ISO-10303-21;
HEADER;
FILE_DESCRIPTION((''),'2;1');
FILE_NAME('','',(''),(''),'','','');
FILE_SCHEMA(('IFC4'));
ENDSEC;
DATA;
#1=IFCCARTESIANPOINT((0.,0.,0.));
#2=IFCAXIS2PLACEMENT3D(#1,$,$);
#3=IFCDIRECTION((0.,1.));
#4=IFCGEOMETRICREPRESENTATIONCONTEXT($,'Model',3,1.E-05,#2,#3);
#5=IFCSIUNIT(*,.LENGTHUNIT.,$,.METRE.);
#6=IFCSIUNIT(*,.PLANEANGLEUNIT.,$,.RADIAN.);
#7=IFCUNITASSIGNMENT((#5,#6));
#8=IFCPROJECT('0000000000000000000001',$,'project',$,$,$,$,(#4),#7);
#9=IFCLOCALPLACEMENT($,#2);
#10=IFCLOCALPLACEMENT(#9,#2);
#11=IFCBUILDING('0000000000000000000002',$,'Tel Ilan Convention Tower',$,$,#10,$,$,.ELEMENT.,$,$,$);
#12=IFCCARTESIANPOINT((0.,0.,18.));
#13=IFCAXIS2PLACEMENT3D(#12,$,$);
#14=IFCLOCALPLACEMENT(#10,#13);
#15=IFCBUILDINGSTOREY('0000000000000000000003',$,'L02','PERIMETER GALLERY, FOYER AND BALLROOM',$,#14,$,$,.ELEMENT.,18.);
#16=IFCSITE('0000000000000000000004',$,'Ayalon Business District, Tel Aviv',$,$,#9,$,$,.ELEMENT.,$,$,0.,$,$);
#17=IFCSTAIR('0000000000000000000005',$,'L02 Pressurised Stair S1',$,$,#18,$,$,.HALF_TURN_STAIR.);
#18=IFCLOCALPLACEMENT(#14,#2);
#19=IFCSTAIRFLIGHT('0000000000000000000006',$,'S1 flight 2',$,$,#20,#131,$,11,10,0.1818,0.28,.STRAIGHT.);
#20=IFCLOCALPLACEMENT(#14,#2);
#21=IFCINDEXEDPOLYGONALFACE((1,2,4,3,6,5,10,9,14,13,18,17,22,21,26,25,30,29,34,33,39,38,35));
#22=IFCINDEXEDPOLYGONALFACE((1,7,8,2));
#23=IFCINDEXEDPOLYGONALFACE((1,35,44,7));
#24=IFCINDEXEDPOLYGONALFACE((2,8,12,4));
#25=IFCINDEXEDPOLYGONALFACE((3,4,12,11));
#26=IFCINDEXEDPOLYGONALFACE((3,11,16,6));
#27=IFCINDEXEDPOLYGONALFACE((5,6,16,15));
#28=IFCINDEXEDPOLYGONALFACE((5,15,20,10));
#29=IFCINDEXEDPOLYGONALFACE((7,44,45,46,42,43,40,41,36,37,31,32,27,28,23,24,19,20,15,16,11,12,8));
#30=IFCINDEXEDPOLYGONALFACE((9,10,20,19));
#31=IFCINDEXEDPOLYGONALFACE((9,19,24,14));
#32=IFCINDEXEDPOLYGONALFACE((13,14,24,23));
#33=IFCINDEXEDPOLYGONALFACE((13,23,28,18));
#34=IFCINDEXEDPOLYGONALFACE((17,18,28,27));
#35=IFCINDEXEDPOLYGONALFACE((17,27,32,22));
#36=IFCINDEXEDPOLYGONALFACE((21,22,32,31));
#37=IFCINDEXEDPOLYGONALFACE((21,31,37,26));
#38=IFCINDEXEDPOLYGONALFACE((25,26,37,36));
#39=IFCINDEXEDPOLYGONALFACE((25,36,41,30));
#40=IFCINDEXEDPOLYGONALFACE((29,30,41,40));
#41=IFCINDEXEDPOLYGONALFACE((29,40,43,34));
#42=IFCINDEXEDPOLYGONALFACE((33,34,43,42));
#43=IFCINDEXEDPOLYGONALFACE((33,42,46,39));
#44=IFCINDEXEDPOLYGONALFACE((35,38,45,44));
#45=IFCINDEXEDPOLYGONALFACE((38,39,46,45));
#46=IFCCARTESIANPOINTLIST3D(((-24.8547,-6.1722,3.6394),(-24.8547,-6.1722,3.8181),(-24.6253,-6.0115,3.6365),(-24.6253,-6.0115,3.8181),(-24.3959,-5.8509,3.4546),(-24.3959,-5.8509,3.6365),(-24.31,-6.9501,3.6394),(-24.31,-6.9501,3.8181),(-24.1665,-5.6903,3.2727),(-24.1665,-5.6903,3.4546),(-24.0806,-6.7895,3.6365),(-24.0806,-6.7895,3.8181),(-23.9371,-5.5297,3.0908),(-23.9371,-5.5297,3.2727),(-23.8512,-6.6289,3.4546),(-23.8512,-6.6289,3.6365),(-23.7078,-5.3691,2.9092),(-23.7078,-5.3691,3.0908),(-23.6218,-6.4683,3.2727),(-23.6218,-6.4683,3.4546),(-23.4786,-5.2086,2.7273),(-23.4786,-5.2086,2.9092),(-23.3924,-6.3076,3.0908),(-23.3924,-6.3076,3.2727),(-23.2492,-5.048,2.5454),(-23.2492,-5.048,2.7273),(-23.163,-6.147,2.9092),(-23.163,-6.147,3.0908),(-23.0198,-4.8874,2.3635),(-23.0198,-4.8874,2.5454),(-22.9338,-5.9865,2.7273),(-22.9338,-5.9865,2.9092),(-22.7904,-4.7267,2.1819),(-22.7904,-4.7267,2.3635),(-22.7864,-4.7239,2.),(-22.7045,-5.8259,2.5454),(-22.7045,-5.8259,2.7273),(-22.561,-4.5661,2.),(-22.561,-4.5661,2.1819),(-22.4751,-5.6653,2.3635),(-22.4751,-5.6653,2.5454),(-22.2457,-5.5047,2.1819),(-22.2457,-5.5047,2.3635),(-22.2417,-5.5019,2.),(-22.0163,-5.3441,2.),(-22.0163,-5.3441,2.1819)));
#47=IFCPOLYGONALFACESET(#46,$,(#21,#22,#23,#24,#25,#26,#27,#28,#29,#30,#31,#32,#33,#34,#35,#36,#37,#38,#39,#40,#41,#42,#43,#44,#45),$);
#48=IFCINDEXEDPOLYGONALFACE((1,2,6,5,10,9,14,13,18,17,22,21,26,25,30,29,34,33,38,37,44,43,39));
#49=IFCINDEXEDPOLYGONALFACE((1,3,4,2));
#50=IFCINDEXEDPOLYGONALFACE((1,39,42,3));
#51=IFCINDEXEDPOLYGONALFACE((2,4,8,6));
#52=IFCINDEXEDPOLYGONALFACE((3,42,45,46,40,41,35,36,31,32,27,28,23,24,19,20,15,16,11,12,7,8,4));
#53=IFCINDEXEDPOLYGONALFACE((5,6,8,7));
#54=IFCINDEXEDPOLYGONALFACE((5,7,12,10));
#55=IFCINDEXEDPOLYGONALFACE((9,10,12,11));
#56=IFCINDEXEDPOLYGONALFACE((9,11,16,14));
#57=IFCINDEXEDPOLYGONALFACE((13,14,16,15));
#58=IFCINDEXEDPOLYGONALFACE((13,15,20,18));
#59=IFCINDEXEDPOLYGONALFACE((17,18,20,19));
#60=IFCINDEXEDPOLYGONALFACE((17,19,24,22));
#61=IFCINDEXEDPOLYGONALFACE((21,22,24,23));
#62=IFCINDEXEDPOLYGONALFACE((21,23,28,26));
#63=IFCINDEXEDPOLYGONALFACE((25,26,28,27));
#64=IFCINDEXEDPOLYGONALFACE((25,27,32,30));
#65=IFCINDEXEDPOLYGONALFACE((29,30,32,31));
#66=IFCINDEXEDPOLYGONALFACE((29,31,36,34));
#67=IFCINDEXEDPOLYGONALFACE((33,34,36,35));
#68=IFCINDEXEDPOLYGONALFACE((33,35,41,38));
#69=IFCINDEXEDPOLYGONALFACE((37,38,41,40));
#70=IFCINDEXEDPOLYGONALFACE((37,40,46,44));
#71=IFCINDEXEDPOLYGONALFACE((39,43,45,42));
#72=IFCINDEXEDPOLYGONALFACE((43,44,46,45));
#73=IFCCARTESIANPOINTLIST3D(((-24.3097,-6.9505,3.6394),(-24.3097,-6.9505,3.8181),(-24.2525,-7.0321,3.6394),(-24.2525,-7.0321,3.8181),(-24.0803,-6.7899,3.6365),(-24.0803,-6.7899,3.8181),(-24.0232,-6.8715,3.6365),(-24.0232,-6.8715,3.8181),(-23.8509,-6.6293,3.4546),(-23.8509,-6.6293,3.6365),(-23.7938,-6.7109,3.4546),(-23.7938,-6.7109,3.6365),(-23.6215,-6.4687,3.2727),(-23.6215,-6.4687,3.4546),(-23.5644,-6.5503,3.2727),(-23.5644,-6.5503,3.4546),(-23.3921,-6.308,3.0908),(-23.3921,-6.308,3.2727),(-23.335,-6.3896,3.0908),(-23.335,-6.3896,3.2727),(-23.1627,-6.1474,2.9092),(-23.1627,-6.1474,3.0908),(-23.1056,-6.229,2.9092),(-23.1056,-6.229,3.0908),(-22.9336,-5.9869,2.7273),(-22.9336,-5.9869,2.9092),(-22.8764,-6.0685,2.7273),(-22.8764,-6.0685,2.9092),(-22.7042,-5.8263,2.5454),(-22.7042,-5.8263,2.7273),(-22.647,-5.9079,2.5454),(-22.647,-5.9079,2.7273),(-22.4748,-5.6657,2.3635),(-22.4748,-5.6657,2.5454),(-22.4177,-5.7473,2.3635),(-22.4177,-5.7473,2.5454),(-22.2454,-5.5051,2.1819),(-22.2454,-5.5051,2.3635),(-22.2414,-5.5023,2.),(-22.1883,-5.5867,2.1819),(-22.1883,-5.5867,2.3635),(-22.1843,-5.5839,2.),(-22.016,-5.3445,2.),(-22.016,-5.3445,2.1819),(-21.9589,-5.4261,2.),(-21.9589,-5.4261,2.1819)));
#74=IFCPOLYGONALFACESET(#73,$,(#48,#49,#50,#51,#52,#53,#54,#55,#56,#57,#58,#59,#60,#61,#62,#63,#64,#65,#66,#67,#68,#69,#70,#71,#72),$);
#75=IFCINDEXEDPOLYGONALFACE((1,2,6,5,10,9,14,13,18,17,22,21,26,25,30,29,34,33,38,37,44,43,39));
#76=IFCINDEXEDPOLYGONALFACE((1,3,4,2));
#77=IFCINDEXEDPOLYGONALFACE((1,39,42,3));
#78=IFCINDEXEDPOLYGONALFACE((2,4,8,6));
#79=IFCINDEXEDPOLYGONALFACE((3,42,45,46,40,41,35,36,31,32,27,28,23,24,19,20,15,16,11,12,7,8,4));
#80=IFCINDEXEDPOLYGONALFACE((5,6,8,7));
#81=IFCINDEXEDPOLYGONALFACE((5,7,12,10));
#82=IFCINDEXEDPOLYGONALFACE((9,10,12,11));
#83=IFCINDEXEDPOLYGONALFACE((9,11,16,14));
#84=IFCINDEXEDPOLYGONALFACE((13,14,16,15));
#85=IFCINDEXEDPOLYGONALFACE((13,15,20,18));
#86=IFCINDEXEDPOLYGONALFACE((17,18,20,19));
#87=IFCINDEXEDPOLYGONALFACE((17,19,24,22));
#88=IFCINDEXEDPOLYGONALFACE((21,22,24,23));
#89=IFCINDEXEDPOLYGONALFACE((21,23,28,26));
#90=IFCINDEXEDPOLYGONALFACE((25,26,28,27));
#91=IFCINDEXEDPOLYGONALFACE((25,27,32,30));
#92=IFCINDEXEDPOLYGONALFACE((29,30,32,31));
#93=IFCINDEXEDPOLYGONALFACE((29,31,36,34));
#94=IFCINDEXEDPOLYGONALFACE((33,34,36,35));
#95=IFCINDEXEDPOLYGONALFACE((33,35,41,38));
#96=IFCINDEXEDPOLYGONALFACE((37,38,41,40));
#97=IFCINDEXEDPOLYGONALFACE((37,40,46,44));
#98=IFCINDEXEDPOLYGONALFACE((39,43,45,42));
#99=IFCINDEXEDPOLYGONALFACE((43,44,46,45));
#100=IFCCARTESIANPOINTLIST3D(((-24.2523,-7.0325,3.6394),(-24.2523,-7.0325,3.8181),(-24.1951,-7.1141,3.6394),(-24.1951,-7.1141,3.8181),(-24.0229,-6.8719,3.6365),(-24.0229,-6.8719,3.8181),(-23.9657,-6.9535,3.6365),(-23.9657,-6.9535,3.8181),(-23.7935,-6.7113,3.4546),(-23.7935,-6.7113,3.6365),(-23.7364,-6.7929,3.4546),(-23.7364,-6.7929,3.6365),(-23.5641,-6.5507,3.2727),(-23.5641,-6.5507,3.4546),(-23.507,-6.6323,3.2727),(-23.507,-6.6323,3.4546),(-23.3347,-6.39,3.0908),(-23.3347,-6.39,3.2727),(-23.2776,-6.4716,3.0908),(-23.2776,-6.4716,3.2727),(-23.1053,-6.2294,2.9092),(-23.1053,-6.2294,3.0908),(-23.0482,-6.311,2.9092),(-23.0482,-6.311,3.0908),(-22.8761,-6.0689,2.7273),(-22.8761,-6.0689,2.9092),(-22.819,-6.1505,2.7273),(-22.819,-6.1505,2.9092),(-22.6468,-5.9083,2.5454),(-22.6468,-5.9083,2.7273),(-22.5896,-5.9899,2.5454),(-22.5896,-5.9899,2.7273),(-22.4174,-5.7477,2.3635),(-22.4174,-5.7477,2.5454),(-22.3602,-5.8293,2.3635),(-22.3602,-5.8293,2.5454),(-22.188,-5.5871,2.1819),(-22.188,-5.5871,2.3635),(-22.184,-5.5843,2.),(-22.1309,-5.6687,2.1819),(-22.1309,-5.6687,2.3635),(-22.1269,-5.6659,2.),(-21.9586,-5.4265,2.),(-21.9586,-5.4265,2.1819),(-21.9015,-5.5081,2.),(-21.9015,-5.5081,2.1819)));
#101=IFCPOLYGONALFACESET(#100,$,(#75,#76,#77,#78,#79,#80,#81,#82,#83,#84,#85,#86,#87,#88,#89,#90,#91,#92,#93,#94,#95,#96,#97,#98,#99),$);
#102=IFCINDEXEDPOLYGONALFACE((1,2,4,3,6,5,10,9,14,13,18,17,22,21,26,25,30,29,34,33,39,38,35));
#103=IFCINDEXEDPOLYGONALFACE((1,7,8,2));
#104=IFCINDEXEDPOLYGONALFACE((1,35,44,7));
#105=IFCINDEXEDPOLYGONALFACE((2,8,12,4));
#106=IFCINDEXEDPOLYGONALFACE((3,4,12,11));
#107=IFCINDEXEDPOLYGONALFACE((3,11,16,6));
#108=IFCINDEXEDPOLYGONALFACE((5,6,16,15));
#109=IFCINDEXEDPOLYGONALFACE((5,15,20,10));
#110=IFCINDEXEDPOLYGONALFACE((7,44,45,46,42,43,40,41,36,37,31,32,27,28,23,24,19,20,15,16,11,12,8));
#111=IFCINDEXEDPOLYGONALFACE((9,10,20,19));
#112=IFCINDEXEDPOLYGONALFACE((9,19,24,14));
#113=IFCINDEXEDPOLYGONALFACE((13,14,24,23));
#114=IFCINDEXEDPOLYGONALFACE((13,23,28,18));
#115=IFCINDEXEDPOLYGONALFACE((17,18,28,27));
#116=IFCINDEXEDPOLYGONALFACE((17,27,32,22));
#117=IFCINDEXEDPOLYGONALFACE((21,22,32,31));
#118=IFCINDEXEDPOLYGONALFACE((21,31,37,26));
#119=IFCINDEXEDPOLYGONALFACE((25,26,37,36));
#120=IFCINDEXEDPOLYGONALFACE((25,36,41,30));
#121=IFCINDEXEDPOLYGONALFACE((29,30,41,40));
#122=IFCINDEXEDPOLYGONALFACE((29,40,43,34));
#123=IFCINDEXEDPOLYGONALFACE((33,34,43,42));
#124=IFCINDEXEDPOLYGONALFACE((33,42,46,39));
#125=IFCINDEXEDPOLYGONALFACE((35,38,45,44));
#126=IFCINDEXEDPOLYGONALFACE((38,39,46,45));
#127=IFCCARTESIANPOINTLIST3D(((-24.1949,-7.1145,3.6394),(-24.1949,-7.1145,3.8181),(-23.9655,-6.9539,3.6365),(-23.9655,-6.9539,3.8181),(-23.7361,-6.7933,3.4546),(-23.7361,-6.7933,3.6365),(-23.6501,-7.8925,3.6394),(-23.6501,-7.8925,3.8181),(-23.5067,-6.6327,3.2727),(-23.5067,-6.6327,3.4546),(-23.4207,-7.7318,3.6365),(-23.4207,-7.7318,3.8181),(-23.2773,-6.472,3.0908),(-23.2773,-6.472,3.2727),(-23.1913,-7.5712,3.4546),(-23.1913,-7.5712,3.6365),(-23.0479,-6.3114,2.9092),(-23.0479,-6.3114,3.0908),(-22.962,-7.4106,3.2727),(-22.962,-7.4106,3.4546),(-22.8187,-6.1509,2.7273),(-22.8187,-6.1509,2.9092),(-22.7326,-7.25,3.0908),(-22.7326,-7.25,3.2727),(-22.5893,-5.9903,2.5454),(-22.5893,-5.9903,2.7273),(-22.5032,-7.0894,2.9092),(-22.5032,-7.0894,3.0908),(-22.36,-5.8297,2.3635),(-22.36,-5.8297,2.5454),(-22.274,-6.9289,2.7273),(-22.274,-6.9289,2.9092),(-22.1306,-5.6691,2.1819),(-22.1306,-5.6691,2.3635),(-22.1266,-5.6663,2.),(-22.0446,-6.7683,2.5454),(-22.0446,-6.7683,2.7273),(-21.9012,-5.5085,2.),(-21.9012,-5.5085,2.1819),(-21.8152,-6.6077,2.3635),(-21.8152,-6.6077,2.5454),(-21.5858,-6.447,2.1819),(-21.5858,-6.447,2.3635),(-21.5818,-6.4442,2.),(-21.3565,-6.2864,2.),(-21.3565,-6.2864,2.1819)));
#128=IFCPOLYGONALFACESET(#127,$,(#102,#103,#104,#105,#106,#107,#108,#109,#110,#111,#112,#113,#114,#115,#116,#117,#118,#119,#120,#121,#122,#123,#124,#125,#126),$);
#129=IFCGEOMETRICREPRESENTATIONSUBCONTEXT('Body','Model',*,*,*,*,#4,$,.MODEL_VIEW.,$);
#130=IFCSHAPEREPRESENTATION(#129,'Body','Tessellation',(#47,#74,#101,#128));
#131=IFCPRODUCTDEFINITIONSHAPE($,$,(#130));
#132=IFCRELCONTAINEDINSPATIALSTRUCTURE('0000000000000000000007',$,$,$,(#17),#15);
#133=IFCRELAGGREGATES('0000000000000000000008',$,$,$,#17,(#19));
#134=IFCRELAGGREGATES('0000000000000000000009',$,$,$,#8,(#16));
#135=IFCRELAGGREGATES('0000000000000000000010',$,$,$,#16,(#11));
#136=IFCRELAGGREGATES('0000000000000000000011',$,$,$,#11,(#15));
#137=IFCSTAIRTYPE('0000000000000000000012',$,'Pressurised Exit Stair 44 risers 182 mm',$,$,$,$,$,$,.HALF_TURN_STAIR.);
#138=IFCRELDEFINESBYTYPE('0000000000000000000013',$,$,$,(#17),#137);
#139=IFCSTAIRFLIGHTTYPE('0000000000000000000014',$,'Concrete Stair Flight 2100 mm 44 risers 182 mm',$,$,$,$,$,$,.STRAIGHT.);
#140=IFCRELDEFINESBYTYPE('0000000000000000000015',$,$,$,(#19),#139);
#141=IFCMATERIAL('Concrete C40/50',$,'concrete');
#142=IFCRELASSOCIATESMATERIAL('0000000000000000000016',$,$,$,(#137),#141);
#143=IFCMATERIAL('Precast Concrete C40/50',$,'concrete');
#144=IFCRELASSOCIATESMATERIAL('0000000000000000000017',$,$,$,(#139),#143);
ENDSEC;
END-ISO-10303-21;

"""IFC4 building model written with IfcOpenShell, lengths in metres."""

from ifc_helpers import new_model, si_unit, direction, frame, origin, place, context, subcontext, project, spatial, polyline, outline, extrude, material, type_object, element, aggregate, save


model = new_model("IFC4")

# Units and contexts
model_context = context("Model", 3, precision=1e-05, world=origin(), true_north=direction((0.0, 1.0)))
body_context = subcontext(model_context, "Body", "Model", "MODEL_VIEW")
ifc_project = project(units=[si_unit("LENGTHUNIT", "METRE"), si_unit("PLANEANGLEUNIT", "RADIAN")], contexts=[model_context])

# Site, building, storey
site_placement = place(None, origin())
site = spatial("IfcSite", under=ifc_project, at=site_placement, Name="Ayalon Business District, Tel Aviv", CompositionType="ELEMENT", RefElevation=0.0)
building_placement = place(site_placement, origin())
building = spatial("IfcBuilding", under=site, at=building_placement, Name="Tel Ilan Convention Tower", CompositionType="ELEMENT")
storey_placement = place(building_placement, frame((0.0, 0.0, 18.0)))
storey = spatial("IfcBuildingStorey", under=building, at=storey_placement, Name="L02", Description="PERIMETER GALLERY, FOYER AND BALLROOM", CompositionType="ELEMENT", Elevation=18.0)

# Stair, stair flight
ifc_material_1 = material(Name="Concrete C40/50", Category="concrete")
stair_type = type_object("IfcStairType", Name="Pressurised Exit Stair 44 risers 182 mm", PredefinedType="HALF_TURN_STAIR", material=ifc_material_1)
stair_placement = place(storey_placement, origin())
stair = element("IfcStair", 1, at=stair_placement, inside=storey, type_object=stair_type, Name="L02 Pressurised Stair S1", PredefinedType="HALF_TURN_STAIR")
ifc_material_2 = material(Name="Precast Concrete C40/50", Category="concrete")
stair_flight_type = type_object("IfcStairFlightType", Name="Concrete Stair Flight 2100 mm 44 risers 182 mm", PredefinedType="STRAIGHT", material=ifc_material_2)
stair_flight_1_placement = place(storey_placement, frame((-21.9587, -5.4263, 2.0), z_axis=(0.0, 0.0, 1.0), x_axis=(-0.819152, -0.573576, 0.0)))
stair_flight_1 = element("IfcStairFlight", 2, at=stair_flight_1_placement, type_object=stair_flight_type, Name="S1 flight 2", NumberOfRisers=11, NumberOfTreads=10, PredefinedType="STRAIGHT", RiserHeight=0.1818, TreadLength=0.28, context=body_context, shape_type="SweptSolid", body=[
    extrude(outline(polyline([(0.0, 0.0), (0.0, 0.1819), (0.28, 0.1819), (0.28, 0.3635), (0.5601, 0.3635), (0.5601, 0.5454), (0.8401, 0.5454), (0.8401, 0.7273), (1.1201, 0.7273), (1.1201, 0.9092), (1.3999, 0.9092), (1.3999, 1.0908), (1.6799, 1.0908), (1.6799, 1.2727), (1.96, 1.2727), (1.96, 1.4546), (2.24, 1.4546), (2.24, 1.6365), (2.52, 1.6365), (2.52, 1.8181), (2.8, 1.8181), (2.8, 2.0), (2.8, 1.6394), (0.2751, 0.0), (0.0, 0.0)])), frame((0.0, -0.1003, 0.0), z_axis=(0.0, -1.0, 0.0), x_axis=(1.0, 0.0, 0.0)), (0.0, 0.0, 1.0), 0.9497),
    extrude(outline(polyline([(0.0, 0.0), (0.0, 0.1819), (0.28, 0.1819), (0.28, 0.3635), (0.5601, 0.3635), (0.5601, 0.5454), (0.8401, 0.5454), (0.8401, 0.7273), (1.1201, 0.7273), (1.1201, 0.9092), (1.3999, 0.9092), (1.3999, 1.0908), (1.6799, 1.0908), (1.6799, 1.2727), (1.96, 1.2727), (1.96, 1.4546), (2.24, 1.4546), (2.24, 1.6365), (2.52, 1.6365), (2.52, 1.8181), (2.8, 1.8181), (2.8, 2.0), (2.8, 1.6394), (0.2751, 0.0), (0.0, 0.0)])), frame((0.0, -0.0002, 0.0), z_axis=(0.0, -1.0, 0.0), x_axis=(1.0, 0.0, 0.0)), (0.0, 0.0, 1.0), 0.0996),
    extrude(outline(polyline([(0.0, 0.0), (0.0, 0.1819), (0.28, 0.1819), (0.28, 0.3635), (0.5601, 0.3635), (0.5601, 0.5454), (0.8401, 0.5454), (0.8401, 0.7273), (1.1201, 0.7273), (1.1201, 0.9092), (1.3999, 0.9092), (1.3999, 1.0908), (1.6799, 1.0908), (1.6799, 1.2727), (1.96, 1.2727), (1.96, 1.4546), (2.24, 1.4546), (2.24, 1.6365), (2.52, 1.6365), (2.52, 1.8181), (2.8, 1.8181), (2.8, 2.0), (2.8, 1.6394), (0.2751, 0.0), (0.0, 0.0)])), frame((0.0, 0.0999, 0.0), z_axis=(0.0, -1.0, 0.0), x_axis=(1.0, 0.0, 0.0)), (0.0, 0.0, 1.0), 0.0996),
    extrude(outline(polyline([(0.0, 0.0), (0.0, 0.1819), (0.28, 0.1819), (0.28, 0.3635), (0.5601, 0.3635), (0.5601, 0.5454), (0.8401, 0.5454), (0.8401, 0.7273), (1.1201, 0.7273), (1.1201, 0.9092), (1.3999, 0.9092), (1.3999, 1.0908), (1.6799, 1.0908), (1.6799, 1.2727), (1.96, 1.2727), (1.96, 1.4546), (2.24, 1.4546), (2.24, 1.6365), (2.52, 1.6365), (2.52, 1.8181), (2.8, 1.8181), (2.8, 2.0), (2.8, 1.6394), (0.2751, 0.0), (0.0, 0.0)])), frame((0.0, 1.05, 0.0), z_axis=(0.0, -1.0, 0.0), x_axis=(1.0, 0.0, 0.0)), (0.0, 0.0, 1.0), 0.9497),
])
aggregate(stair, [stair_flight_1])

save(model, "model.ifc")
